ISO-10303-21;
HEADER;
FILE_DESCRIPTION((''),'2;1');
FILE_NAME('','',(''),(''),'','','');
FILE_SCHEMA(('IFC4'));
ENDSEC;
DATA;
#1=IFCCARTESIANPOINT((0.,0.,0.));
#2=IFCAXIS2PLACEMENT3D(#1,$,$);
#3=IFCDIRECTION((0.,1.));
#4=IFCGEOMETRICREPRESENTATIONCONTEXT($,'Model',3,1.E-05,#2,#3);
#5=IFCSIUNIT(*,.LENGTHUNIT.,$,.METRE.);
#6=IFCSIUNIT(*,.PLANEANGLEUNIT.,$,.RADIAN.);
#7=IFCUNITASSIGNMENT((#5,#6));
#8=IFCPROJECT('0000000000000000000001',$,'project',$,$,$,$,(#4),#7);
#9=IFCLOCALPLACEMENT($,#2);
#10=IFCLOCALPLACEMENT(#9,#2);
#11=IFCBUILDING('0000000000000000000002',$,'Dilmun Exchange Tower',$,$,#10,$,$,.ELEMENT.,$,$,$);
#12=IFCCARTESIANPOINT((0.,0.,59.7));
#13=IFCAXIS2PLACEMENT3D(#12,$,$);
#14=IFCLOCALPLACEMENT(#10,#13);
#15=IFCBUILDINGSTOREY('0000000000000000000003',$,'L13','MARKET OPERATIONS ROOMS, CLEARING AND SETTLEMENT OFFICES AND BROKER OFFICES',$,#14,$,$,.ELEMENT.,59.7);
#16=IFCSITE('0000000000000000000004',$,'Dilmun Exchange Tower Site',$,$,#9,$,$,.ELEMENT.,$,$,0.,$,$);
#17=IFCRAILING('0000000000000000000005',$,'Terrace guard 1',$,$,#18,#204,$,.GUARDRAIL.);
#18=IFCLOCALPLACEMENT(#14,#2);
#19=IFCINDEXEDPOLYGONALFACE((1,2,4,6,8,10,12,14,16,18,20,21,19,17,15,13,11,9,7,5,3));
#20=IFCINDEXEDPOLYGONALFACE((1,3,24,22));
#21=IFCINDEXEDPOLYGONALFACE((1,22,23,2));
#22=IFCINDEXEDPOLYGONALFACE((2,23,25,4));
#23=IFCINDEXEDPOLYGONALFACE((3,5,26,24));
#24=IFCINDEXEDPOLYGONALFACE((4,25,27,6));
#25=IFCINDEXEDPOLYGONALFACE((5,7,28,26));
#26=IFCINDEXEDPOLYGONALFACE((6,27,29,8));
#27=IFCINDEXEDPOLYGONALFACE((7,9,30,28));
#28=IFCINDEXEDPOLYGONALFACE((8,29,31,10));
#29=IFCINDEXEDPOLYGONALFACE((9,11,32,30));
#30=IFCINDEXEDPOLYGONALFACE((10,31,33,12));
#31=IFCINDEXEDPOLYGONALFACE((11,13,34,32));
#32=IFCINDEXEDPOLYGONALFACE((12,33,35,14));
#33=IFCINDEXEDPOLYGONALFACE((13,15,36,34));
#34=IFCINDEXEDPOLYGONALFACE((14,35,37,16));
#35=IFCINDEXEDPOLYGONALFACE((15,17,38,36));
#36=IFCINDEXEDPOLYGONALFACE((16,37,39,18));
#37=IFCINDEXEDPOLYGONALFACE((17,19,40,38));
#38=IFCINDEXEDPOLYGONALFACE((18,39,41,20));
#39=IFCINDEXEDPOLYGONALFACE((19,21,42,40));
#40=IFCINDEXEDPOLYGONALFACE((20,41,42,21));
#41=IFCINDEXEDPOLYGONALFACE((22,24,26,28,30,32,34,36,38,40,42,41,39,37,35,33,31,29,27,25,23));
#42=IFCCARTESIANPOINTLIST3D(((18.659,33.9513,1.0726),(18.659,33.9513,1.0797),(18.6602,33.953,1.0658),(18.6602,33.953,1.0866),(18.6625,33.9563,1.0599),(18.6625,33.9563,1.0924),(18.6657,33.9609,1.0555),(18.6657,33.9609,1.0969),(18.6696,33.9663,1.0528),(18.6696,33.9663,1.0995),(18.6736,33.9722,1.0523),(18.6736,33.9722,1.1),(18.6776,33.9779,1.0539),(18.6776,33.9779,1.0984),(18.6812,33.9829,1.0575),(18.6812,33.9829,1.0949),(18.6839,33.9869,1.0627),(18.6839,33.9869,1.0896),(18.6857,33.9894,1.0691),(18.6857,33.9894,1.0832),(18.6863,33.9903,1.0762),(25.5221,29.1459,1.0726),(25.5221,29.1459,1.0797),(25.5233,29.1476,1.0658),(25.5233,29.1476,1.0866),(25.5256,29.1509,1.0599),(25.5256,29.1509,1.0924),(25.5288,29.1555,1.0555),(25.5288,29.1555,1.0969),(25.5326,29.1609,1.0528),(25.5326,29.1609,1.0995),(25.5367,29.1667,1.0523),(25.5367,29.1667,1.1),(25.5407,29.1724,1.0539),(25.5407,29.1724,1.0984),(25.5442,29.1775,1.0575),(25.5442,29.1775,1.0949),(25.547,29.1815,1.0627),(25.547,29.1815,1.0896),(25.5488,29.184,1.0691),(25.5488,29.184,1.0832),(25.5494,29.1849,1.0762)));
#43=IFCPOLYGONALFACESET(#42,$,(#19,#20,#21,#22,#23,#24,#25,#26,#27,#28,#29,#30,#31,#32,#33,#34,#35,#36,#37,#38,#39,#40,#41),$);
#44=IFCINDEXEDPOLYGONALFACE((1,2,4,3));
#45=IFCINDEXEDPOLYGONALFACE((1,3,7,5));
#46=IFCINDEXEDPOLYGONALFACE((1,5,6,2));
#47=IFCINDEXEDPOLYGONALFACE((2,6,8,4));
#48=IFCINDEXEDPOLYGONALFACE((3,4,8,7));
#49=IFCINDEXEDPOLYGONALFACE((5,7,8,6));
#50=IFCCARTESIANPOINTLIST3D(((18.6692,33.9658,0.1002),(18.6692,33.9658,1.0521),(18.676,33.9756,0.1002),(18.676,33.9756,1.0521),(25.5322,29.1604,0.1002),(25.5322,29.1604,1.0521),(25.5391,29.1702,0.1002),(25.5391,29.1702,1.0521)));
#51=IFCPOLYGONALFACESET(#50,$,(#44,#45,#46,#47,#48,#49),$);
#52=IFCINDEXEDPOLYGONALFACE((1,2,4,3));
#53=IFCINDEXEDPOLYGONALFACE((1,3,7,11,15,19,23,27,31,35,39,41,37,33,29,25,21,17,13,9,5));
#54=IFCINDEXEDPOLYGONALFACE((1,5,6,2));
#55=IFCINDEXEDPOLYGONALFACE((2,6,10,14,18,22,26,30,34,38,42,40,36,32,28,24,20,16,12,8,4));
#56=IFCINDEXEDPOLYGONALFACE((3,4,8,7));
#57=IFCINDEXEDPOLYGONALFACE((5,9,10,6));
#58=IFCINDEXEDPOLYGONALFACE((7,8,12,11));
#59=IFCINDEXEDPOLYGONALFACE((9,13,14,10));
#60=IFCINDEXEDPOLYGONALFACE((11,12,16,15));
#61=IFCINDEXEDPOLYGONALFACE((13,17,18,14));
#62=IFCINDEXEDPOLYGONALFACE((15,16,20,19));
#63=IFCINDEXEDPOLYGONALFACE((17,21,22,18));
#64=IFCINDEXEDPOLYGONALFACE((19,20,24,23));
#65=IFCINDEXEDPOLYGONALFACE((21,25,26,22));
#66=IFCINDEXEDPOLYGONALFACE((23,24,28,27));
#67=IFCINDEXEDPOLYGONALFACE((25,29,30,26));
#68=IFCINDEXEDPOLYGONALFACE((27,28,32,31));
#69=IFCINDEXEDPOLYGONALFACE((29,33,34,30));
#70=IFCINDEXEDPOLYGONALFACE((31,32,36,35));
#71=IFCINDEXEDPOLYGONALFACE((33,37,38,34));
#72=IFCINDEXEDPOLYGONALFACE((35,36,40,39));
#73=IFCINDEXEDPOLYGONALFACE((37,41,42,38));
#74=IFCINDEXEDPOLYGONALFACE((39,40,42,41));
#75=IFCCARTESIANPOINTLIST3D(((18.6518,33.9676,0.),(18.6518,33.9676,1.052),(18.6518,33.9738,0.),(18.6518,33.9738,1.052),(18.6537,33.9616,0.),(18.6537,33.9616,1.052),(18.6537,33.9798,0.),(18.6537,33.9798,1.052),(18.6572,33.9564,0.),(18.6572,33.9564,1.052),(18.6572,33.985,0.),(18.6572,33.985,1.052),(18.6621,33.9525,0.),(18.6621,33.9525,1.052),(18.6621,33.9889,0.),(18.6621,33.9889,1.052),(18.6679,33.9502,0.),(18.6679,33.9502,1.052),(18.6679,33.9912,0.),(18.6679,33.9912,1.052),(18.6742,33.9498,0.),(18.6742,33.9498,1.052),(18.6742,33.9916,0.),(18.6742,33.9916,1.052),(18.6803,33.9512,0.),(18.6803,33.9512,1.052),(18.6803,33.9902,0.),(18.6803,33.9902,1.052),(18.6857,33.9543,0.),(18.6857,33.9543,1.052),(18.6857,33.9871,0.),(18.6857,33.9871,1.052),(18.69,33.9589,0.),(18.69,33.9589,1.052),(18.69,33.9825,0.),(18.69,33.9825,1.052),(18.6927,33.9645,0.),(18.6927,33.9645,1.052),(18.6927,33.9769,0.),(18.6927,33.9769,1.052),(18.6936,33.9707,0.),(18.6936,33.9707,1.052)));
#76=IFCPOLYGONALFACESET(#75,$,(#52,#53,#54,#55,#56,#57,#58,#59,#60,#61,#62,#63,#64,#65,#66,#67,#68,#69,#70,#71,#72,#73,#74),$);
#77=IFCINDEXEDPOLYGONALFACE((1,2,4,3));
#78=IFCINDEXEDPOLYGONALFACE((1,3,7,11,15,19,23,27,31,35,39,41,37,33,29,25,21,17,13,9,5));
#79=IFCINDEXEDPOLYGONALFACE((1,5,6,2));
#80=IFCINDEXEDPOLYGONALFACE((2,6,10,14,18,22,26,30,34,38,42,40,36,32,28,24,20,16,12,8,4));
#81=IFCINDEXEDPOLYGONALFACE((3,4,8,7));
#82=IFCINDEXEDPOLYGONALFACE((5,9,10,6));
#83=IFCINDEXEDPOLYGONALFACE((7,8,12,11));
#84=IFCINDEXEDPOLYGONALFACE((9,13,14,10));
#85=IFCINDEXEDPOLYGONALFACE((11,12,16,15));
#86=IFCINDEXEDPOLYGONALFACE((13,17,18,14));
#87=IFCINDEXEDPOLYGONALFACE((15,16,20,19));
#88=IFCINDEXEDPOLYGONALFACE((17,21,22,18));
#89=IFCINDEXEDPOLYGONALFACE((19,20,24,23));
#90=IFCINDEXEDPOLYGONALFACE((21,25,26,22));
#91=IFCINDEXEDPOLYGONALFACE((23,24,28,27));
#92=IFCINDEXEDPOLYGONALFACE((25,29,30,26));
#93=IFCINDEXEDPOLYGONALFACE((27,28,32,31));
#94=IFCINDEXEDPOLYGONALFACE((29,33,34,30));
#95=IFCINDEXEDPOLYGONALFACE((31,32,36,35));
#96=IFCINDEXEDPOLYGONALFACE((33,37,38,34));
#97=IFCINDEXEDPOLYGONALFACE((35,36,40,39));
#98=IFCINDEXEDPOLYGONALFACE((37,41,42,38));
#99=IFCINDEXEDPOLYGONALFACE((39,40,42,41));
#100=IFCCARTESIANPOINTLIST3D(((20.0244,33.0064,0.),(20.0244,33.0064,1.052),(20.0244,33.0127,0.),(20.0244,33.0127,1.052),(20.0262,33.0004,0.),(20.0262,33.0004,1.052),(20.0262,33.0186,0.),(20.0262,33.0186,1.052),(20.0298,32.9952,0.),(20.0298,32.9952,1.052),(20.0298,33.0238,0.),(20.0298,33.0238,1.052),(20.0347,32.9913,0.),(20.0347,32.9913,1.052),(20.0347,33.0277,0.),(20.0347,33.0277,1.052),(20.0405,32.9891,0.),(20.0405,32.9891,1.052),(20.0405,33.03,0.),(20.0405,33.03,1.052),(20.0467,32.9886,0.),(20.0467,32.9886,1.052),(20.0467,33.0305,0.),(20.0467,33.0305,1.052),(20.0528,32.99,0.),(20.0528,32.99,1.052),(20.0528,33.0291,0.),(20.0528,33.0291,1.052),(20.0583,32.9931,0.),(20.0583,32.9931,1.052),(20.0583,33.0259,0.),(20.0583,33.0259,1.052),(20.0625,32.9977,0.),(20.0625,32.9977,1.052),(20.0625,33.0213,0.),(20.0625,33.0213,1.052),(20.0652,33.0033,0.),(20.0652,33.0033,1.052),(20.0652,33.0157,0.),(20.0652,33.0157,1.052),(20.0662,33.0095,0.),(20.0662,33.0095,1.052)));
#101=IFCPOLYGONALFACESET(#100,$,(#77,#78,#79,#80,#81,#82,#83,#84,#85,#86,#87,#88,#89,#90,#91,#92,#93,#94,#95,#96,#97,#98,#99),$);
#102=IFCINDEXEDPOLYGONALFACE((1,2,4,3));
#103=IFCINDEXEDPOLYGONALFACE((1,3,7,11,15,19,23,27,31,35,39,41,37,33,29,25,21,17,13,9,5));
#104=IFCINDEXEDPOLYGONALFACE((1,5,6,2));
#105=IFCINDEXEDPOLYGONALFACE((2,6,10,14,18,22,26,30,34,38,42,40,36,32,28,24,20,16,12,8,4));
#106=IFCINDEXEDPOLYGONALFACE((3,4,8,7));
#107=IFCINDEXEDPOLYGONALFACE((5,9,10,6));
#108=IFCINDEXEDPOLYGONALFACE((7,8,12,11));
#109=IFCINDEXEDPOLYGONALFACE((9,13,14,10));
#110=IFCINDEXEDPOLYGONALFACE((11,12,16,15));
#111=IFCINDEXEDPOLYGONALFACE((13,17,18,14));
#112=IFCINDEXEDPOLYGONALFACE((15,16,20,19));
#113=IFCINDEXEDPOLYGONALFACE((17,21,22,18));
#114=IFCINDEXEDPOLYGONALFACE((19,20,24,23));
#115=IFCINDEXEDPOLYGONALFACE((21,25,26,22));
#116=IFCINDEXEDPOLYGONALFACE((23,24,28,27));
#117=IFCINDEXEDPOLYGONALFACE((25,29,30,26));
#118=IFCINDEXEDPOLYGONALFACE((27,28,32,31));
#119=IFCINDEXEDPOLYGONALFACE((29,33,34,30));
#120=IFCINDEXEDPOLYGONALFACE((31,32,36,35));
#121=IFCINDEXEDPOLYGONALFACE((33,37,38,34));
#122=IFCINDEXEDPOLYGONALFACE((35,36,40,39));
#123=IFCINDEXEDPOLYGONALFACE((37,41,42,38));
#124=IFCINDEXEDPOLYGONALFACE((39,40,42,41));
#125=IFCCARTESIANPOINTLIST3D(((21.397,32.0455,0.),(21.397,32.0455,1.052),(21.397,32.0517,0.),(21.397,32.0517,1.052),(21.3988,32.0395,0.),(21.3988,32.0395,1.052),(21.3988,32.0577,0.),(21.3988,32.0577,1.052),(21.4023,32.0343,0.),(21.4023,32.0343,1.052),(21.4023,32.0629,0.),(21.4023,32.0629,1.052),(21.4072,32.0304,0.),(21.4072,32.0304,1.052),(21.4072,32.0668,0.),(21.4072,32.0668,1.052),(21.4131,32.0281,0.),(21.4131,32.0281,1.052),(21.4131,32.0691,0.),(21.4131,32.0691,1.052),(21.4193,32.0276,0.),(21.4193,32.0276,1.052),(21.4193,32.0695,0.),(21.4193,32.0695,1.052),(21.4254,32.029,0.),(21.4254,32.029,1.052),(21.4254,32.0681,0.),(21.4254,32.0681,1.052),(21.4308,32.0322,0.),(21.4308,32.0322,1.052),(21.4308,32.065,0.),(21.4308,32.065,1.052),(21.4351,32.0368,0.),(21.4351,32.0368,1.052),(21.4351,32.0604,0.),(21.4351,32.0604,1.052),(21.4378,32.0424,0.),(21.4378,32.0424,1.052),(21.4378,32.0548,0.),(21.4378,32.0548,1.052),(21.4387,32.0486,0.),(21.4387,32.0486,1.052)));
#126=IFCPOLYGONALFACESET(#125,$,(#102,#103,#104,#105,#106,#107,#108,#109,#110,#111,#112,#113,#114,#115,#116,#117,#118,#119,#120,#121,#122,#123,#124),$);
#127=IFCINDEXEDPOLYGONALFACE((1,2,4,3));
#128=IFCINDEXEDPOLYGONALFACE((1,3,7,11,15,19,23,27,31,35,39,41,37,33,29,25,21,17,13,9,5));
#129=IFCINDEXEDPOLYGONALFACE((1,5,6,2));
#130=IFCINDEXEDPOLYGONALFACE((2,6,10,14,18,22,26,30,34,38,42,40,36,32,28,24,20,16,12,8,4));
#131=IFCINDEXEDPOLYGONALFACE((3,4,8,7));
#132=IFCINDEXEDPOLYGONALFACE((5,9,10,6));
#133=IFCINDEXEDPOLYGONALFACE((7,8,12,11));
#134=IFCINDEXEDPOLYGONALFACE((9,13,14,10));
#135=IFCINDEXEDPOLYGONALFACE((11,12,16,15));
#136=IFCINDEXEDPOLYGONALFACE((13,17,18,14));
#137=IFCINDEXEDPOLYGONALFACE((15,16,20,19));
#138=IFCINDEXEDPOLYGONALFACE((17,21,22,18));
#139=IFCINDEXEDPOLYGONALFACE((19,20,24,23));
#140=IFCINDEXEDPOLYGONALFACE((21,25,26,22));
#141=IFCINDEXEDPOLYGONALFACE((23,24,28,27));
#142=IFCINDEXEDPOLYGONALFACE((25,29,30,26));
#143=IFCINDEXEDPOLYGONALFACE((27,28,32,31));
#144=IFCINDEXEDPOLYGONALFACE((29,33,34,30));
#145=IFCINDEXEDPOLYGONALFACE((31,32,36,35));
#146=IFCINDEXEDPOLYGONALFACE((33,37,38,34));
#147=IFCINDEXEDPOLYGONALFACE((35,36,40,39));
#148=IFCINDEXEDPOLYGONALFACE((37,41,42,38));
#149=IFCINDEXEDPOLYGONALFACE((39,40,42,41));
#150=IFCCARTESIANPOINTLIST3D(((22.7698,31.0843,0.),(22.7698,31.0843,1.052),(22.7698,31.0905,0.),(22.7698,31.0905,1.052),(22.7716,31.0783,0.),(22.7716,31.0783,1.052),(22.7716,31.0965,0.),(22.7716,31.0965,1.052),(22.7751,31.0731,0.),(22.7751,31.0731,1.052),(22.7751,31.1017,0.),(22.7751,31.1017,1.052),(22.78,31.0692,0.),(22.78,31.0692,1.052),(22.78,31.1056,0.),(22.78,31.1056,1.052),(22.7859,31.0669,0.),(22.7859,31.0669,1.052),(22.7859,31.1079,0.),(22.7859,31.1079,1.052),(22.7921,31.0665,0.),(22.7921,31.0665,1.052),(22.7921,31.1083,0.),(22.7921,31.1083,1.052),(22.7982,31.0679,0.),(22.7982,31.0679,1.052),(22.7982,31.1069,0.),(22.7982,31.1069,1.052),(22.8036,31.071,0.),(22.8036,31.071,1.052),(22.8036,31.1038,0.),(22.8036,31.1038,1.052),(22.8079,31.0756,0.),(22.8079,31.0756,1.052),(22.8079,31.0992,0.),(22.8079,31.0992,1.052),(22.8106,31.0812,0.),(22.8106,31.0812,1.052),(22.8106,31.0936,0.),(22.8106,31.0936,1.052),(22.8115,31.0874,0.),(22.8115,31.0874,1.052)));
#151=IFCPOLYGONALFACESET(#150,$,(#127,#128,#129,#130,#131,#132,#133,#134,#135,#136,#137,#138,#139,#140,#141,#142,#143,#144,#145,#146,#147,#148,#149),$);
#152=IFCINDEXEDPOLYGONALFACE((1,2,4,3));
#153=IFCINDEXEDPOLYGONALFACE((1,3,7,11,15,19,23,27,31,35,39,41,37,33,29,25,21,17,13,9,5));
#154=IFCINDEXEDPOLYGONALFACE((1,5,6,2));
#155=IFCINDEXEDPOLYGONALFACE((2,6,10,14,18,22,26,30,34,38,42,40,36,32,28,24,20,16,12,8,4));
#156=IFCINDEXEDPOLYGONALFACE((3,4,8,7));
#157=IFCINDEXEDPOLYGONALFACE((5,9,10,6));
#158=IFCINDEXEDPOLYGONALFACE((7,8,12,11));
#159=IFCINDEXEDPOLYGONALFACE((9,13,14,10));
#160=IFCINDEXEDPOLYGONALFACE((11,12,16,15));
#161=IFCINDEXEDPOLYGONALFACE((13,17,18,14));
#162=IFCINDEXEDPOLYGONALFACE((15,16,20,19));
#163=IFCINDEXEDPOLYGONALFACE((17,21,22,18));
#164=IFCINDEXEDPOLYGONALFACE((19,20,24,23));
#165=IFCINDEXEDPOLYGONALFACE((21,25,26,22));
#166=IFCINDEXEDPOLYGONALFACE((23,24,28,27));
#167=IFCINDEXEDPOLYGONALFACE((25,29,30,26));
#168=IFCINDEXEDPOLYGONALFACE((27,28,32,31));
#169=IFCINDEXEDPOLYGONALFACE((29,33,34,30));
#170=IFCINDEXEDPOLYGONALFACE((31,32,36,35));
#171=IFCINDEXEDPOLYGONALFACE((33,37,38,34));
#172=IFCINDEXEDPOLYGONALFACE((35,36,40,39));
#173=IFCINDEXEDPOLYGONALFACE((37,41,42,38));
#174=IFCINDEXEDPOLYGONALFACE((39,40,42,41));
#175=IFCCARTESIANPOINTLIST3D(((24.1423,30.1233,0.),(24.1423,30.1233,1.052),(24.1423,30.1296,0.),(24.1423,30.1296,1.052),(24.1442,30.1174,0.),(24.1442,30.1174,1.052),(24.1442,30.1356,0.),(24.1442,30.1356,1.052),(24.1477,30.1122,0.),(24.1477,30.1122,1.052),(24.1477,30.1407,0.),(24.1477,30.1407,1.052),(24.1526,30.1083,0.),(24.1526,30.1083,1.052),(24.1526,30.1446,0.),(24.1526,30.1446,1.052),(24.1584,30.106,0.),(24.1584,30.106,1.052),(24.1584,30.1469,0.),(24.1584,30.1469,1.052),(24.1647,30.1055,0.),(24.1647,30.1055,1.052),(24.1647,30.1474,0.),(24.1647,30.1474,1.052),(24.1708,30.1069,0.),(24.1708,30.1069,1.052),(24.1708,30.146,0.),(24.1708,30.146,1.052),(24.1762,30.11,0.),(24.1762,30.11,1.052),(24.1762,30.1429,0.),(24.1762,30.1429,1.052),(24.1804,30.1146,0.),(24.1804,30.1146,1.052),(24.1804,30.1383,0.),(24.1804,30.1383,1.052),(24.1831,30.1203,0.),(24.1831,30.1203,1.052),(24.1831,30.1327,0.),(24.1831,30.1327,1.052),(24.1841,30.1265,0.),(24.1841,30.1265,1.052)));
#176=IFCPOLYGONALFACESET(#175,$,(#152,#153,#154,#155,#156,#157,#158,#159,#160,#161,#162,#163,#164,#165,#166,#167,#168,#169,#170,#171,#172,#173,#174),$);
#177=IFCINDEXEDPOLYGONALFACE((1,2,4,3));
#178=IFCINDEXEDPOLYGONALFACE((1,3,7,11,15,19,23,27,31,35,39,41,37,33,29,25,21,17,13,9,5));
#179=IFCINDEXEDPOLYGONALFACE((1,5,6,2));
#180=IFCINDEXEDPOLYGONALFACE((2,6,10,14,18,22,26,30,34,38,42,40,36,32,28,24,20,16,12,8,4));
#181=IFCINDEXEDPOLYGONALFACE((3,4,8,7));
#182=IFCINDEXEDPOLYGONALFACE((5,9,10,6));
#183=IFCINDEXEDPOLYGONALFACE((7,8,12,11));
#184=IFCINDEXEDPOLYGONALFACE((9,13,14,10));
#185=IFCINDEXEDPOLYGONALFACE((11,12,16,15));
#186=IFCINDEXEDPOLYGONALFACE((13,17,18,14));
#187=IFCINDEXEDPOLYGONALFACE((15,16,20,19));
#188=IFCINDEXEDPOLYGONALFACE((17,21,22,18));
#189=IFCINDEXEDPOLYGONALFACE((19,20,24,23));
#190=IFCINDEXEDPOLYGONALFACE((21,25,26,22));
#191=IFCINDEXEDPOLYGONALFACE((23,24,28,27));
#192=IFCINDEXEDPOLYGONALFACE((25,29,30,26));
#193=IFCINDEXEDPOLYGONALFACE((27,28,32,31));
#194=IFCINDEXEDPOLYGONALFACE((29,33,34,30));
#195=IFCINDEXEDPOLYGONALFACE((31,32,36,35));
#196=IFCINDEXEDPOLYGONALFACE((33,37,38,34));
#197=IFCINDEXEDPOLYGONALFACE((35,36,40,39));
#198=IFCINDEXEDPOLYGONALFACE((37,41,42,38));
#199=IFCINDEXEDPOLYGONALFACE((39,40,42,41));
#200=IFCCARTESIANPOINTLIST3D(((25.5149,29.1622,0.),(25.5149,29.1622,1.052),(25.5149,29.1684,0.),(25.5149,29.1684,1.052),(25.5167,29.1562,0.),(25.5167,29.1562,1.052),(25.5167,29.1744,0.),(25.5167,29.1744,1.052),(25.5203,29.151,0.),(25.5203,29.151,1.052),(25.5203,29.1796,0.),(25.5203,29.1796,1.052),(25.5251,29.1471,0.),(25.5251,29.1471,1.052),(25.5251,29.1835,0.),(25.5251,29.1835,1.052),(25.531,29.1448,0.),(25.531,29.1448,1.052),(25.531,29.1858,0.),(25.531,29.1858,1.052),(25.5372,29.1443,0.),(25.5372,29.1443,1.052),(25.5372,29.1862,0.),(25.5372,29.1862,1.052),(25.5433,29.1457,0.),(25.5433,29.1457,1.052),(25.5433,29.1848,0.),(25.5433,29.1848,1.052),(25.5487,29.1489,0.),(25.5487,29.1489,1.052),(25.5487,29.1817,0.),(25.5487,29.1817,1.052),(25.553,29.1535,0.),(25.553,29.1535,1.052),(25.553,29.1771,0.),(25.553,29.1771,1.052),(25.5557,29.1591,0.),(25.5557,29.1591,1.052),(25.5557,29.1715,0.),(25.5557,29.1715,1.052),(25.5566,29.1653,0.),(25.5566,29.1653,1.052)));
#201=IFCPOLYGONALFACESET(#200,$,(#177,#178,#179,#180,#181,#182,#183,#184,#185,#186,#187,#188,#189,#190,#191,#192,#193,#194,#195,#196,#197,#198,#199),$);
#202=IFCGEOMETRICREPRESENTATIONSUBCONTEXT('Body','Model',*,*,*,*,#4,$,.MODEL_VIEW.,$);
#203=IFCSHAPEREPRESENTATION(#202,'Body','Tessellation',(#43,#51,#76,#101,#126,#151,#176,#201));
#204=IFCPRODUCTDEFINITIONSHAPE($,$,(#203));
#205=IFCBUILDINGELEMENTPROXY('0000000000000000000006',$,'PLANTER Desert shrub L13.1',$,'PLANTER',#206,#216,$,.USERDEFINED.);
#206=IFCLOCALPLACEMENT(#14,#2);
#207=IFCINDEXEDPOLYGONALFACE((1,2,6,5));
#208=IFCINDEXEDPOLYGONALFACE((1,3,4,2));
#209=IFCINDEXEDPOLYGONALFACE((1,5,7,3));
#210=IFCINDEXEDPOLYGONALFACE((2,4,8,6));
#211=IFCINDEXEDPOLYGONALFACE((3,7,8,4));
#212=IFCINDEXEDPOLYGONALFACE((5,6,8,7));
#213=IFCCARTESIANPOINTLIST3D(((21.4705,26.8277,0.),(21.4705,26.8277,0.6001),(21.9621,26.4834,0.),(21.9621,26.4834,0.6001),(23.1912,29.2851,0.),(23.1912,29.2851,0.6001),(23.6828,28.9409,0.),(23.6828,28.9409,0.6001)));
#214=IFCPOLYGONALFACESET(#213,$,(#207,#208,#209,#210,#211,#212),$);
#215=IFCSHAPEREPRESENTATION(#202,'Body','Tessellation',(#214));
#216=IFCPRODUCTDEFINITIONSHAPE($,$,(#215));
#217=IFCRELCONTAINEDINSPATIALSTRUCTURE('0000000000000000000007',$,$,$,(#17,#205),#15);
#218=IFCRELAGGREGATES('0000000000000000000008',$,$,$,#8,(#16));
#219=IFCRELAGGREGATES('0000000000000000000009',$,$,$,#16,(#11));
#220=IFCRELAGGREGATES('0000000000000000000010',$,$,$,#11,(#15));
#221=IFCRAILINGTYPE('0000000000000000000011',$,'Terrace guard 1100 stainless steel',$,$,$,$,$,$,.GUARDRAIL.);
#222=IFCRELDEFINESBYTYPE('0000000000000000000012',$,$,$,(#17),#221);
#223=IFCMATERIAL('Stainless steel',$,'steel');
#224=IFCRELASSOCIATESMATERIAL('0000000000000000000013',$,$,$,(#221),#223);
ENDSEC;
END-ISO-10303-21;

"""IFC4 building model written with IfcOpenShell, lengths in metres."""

from ifc_helpers import new_model, si_unit, direction, frame, origin, origin_2d, place, context, subcontext, project, spatial, rectangle, circle, extrude, material, type_object, element, save


model = new_model("IFC4")

# Units and contexts
model_context = context("Model", 3, precision=1e-05, world=origin(), true_north=direction((0.0, 1.0)))
body_context = subcontext(model_context, "Body", "Model", "MODEL_VIEW")
ifc_project = project(units=[si_unit("LENGTHUNIT", "METRE"), si_unit("PLANEANGLEUNIT", "RADIAN")], contexts=[model_context])

# Site, building, storey
site_placement = place(None, origin())
site = spatial("IfcSite", under=ifc_project, at=site_placement, Name="Dilmun Exchange Tower Site", CompositionType="ELEMENT", RefElevation=0.0)
building_placement = place(site_placement, origin())
building = spatial("IfcBuilding", under=site, at=building_placement, Name="Dilmun Exchange Tower", CompositionType="ELEMENT")
storey_placement = place(building_placement, frame((0.0, 0.0, 59.7)))
storey = spatial("IfcBuildingStorey", under=building, at=storey_placement, Name="L13", Description="MARKET OPERATIONS ROOMS, CLEARING AND SETTLEMENT OFFICES AND BROKER OFFICES", CompositionType="ELEMENT", Elevation=59.7)

# Railing
ifc_material_1 = material(Name="Stainless steel", Category="steel")
railing_type = type_object("IfcRailingType", Name="Terrace guard 1100 stainless steel", PredefinedType="GUARDRAIL", material=ifc_material_1)
railing_placement = place(storey_placement, frame((18.6726, 33.9707, 0.0)))
element("IfcRailing", 1, at=railing_placement, inside=storey, type_object=railing_type, Name="Terrace guard 1", PredefinedType="GUARDRAIL", context=body_context, shape_type="SweptSolid", body=[
    extrude(circle(Radius=0.0239, at=origin_2d()), frame((0.0, 0.0, 1.0762), z_axis=(0.819159, -0.573566, 0.0), x_axis=(0.573566, 0.819159, 0.0)), (0.0, 0.0, 1.0), 8.3782),
    extrude(rectangle(XDim=0.012, YDim=0.9519, at=origin_2d()), frame((0.0, 0.0, 0.5762), z_axis=(0.819159, -0.573566, 0.0), x_axis=(0.573566, 0.819159, 0.0)), (0.0, 0.0, 1.0), 8.3782),
    extrude(circle(Radius=0.021, at=origin_2d()), origin(), (0.0, 0.0, 1.0), 1.052),
    extrude(circle(Radius=0.021, at=origin_2d()), frame((1.3726, -0.9612, 0.0)), (0.0, 0.0, 1.0), 1.052),
    extrude(circle(Radius=0.021, at=origin_2d()), frame((2.7451, -1.9221, 0.0)), (0.0, 0.0, 1.0), 1.052),
    extrude(circle(Radius=0.021, at=origin_2d()), frame((4.1179, -2.8833, 0.0)), (0.0, 0.0, 1.0), 1.052),
    extrude(circle(Radius=0.021, at=origin_2d()), frame((5.4905, -3.8442, 0.0)), (0.0, 0.0, 1.0), 1.052),
    extrude(circle(Radius=0.021, at=origin_2d()), frame((6.863, -4.8054, 0.0)), (0.0, 0.0, 1.0), 1.052),
])

# Building element proxy
for number, where, z_axis, x_axis, name in (
    (2, (22.5767, 27.8843, 0.0), (0.0, 0.0, 1.0), (0.573576, 0.819152, 0.0), "PLANTER Desert shrub L13.1"),
):
    element("IfcBuildingElementProxy", number, at=place(storey_placement, frame(where, z_axis=z_axis, x_axis=x_axis)), inside=storey, Name=name, ObjectType="PLANTER", PredefinedType="USERDEFINED", context=body_context, shape_type="SweptSolid", body=[
        extrude(rectangle(XDim=3.0, YDim=0.6001, at=origin_2d()), origin(), (0.0, 0.0, 1.0), 0.6001),
    ])

save(model, "model.ifc")
